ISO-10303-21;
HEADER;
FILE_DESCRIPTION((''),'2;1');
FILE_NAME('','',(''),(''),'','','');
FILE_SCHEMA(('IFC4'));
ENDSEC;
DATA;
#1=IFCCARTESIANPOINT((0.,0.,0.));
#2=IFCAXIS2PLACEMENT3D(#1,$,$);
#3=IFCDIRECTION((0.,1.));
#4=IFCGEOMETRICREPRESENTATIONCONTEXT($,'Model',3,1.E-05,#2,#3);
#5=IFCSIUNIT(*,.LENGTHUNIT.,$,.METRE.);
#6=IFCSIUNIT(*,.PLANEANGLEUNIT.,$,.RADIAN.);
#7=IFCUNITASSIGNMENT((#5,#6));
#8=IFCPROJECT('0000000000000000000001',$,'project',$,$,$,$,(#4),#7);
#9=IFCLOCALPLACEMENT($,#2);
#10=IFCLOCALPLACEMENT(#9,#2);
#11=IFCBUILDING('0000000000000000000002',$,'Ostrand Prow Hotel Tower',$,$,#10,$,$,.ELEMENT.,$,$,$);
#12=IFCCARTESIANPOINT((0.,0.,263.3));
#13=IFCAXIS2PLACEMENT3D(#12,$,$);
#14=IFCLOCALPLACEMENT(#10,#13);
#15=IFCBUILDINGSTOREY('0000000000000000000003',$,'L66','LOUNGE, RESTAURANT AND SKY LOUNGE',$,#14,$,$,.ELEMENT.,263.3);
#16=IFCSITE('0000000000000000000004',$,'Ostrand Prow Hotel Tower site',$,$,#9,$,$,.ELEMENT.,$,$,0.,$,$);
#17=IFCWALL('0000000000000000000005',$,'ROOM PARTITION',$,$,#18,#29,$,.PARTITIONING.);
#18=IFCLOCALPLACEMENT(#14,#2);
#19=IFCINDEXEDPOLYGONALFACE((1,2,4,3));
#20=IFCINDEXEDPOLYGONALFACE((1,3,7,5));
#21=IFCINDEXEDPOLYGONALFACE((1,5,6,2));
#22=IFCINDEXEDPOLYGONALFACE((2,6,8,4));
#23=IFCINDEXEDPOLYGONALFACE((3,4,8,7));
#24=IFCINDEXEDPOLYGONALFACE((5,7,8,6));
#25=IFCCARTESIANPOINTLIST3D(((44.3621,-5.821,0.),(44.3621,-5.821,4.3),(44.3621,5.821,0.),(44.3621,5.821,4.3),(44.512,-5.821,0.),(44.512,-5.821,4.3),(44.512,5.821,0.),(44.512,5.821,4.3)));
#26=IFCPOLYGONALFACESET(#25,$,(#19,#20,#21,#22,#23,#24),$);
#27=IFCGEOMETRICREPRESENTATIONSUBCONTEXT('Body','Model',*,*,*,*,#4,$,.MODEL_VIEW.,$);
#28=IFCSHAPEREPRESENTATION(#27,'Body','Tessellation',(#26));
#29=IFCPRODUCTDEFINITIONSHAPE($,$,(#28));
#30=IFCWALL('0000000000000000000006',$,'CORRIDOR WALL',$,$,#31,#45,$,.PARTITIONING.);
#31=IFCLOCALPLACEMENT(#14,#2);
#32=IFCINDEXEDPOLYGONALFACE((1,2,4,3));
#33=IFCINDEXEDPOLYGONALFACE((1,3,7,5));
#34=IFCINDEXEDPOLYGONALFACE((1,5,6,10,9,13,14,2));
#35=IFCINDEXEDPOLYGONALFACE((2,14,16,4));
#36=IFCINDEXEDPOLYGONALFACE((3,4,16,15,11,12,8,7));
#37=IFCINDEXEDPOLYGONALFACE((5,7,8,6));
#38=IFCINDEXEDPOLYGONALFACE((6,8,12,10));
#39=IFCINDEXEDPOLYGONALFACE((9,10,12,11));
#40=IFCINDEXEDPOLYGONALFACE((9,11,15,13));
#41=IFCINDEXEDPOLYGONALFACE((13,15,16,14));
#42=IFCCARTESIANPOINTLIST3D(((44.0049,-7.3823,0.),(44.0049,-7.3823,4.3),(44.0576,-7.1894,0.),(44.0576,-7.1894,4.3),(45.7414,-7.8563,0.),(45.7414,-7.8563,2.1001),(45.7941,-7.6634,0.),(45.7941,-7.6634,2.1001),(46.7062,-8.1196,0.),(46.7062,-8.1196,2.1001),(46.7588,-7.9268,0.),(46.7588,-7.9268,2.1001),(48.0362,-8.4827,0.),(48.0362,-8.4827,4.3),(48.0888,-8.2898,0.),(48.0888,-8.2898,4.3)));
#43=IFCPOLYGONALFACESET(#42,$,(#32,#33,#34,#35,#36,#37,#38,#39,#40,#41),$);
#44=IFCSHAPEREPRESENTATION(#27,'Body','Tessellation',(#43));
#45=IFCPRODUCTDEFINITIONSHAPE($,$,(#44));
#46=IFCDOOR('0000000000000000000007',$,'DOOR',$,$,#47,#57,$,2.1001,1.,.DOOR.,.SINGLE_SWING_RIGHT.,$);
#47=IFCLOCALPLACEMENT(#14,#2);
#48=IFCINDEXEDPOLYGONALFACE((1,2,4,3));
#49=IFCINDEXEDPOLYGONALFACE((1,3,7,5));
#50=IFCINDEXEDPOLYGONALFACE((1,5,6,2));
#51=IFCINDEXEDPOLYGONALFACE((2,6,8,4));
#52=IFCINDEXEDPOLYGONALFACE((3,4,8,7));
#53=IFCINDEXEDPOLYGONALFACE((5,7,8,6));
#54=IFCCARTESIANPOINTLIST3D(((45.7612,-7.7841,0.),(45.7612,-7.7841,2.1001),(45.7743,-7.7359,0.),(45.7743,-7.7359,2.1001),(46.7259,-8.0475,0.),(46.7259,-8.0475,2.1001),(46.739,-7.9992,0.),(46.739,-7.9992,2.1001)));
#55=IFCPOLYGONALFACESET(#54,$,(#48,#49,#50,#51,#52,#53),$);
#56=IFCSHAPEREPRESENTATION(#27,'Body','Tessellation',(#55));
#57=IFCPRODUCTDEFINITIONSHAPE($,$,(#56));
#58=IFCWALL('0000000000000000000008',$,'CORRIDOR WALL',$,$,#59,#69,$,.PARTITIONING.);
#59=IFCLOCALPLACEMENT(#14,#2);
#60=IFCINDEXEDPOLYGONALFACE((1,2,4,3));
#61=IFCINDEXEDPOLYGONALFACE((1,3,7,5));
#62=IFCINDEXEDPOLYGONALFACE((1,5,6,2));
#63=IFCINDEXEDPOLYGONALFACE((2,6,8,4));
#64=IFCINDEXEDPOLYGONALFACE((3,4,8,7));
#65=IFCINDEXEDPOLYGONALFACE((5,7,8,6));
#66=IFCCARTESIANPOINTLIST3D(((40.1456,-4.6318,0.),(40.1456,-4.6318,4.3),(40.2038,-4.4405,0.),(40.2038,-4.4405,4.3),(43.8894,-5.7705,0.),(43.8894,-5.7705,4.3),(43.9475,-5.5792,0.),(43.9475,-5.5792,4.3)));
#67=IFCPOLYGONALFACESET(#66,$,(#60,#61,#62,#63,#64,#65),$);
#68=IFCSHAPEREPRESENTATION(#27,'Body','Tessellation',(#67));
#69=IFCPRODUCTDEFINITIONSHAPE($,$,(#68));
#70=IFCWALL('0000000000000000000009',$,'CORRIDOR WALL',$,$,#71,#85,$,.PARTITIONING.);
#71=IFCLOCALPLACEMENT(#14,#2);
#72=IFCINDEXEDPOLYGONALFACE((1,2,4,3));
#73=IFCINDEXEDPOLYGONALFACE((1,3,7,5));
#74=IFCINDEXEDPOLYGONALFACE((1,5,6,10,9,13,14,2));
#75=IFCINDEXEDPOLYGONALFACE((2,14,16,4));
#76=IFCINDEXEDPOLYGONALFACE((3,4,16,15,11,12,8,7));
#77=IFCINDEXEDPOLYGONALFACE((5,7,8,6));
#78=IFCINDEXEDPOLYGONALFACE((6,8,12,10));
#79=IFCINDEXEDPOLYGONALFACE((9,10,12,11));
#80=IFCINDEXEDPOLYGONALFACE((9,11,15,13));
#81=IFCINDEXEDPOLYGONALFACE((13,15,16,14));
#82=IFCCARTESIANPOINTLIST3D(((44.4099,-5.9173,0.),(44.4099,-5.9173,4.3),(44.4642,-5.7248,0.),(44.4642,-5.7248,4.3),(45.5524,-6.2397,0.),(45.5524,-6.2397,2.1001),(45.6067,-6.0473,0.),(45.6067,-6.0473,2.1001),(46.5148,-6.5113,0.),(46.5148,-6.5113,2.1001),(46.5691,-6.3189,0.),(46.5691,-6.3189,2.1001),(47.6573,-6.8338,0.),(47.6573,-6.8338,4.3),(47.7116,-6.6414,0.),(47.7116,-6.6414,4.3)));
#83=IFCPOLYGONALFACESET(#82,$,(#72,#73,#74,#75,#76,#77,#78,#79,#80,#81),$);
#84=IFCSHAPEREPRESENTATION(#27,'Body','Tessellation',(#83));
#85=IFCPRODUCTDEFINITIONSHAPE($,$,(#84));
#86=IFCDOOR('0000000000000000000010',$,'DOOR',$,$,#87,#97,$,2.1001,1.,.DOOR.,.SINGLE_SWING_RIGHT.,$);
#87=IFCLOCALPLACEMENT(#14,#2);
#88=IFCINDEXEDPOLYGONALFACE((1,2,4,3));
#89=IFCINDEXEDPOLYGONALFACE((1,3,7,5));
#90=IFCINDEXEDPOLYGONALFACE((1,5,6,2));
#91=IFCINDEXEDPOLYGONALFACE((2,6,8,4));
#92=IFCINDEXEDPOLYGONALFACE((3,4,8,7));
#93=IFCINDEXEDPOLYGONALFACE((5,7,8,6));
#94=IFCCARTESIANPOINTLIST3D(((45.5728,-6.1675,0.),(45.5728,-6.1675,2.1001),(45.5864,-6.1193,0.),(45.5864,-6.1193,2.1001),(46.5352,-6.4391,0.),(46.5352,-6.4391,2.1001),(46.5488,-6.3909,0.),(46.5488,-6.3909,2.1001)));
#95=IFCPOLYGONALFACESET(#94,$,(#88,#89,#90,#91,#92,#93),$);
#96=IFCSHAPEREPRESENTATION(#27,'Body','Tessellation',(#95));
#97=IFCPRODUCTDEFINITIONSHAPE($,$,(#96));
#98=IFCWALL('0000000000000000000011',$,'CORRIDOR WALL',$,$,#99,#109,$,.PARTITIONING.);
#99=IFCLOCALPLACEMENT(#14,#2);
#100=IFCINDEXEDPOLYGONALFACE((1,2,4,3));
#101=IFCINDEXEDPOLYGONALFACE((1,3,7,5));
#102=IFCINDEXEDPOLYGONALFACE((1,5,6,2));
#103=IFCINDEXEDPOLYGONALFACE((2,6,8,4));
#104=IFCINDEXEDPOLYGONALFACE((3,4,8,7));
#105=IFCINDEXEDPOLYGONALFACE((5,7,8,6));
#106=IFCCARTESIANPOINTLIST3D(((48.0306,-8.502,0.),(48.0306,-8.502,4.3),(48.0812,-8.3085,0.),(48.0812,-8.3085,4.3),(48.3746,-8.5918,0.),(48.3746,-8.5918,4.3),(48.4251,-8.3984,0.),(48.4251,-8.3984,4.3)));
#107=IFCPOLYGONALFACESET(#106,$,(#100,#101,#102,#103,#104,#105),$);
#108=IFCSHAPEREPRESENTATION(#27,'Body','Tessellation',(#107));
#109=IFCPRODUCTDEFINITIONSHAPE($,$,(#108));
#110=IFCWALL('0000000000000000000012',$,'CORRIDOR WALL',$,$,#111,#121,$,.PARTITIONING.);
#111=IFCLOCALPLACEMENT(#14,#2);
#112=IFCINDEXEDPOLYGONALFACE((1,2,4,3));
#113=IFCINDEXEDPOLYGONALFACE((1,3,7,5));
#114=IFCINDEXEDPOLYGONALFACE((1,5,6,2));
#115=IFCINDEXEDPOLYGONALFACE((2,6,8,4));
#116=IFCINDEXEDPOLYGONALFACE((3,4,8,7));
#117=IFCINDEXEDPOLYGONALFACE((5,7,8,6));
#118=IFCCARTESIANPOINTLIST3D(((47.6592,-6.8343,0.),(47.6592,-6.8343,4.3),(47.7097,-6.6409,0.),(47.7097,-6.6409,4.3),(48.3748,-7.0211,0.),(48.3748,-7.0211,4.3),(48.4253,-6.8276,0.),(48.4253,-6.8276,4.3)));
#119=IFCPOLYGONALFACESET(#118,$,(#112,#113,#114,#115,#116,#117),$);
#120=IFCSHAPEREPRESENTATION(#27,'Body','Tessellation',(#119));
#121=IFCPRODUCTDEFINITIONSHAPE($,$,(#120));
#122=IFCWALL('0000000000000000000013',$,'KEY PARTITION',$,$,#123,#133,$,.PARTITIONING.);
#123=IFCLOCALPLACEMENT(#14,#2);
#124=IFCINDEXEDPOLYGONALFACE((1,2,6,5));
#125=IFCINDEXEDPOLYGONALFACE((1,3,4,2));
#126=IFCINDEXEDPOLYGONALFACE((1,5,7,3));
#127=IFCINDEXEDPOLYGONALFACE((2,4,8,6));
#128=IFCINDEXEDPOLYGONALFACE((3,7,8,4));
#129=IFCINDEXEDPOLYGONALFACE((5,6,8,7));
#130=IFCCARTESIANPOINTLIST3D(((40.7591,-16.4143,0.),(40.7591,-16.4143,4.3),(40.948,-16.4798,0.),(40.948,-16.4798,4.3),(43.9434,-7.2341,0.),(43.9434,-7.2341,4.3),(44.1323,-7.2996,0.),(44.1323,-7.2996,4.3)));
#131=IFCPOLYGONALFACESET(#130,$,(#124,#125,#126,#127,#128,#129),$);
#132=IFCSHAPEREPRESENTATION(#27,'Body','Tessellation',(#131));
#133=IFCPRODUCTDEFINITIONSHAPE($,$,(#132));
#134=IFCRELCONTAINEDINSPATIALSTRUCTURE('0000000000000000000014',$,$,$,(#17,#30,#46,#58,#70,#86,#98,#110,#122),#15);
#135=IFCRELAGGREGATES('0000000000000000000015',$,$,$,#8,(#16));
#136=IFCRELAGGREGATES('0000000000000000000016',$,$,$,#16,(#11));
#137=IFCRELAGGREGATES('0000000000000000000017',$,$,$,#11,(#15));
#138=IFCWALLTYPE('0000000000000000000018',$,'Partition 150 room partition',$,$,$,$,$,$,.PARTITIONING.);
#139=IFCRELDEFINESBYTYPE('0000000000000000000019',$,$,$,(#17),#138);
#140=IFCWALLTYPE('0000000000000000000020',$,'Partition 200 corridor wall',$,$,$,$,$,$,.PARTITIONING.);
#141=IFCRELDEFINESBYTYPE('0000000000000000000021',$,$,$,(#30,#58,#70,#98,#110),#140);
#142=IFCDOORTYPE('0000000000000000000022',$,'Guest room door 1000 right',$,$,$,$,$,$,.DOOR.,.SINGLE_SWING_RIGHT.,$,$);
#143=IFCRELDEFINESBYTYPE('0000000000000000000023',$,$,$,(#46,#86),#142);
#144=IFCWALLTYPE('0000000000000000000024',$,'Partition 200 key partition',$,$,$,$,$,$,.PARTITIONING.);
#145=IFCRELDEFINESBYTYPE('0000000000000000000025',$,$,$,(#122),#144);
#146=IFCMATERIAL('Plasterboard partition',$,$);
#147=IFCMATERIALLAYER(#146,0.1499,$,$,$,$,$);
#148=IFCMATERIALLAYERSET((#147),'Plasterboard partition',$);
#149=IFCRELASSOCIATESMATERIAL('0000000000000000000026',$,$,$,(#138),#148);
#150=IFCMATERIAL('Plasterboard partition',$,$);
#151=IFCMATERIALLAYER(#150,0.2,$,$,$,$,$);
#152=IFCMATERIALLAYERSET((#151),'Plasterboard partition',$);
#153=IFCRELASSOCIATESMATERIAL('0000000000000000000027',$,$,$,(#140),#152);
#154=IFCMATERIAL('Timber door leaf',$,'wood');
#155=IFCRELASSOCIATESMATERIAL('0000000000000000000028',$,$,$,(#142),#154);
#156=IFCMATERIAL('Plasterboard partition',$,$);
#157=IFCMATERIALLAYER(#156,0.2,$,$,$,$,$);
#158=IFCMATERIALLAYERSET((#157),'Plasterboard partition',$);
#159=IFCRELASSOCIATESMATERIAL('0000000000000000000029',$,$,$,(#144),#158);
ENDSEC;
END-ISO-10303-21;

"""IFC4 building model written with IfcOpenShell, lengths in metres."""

from ifc_helpers import new_model, si_unit, direction, frame, frame_2d, origin, place, context, subcontext, project, spatial, rectangle, extrude, material, layer, layer_set, type_object, element, fill, save


model = new_model("IFC4")

# Units and contexts
model_context = context("Model", 3, precision=1e-05, world=origin(), true_north=direction((0.0, 1.0)))
body_context = subcontext(model_context, "Body", "Model", "MODEL_VIEW")
ifc_project = project(units=[si_unit("LENGTHUNIT", "METRE"), si_unit("PLANEANGLEUNIT", "RADIAN")], contexts=[model_context])

# Site, building, storey
site_placement = place(None, origin())
site = spatial("IfcSite", under=ifc_project, at=site_placement, Name="Ostrand Prow Hotel Tower site", CompositionType="ELEMENT", RefElevation=0.0)
building_placement = place(site_placement, origin())
building = spatial("IfcBuilding", under=site, at=building_placement, Name="Ostrand Prow Hotel Tower", CompositionType="ELEMENT")
storey_placement = place(building_placement, frame((0.0, 0.0, 263.3)))
storey = spatial("IfcBuildingStorey", under=building, at=storey_placement, Name="L66", Description="LOUNGE, RESTAURANT AND SKY LOUNGE", CompositionType="ELEMENT", Elevation=263.3)

# Wall
ifc_material_1 = material(Name="Plasterboard partition")
ifc_layer_1 = layer(ifc_material_1, 0.1499)
ifc_layer_set_1 = layer_set([ifc_layer_1], Name="Plasterboard partition")
wall_type_1 = type_object("IfcWallType", Name="Partition 150 room partition", PredefinedType="PARTITIONING", material=ifc_layer_set_1)
wall_1_placement = place(storey_placement, frame((44.437, -5.821, 0.0), z_axis=(0.0, 0.0, 1.0), x_axis=(0.0, 1.0, 0.0)))
element("IfcWall", 1, at=wall_1_placement, inside=storey, type_object=wall_type_1, Name="ROOM PARTITION", PredefinedType="PARTITIONING", context=body_context, shape_type="SweptSolid", body=[
    extrude(rectangle(XDim=11.6421, YDim=0.1499, at=frame_2d((5.821, 0.0))), origin(), (0.0, 0.0, 1.0), 4.3),
])

# Wall, opening, door
ifc_material_2 = material(Name="Plasterboard partition")
ifc_layer_2 = layer(ifc_material_2, 0.2)
ifc_layer_set_2 = layer_set([ifc_layer_2], Name="Plasterboard partition")
wall_type_2 = type_object("IfcWallType", Name="Partition 200 corridor wall", PredefinedType="PARTITIONING", material=ifc_layer_set_2)
wall_2_placement = place(storey_placement, frame((44.0312, -7.2859, 0.0), z_axis=(0.0, 0.0, 1.0), x_axis=(0.964709, -0.26332, 0.0)))
wall_2 = element("IfcWall", 2, at=wall_2_placement, inside=storey, type_object=wall_type_2, Name="CORRIDOR WALL", PredefinedType="PARTITIONING", context=body_context, shape_type="SweptSolid", body=[
    extrude(rectangle(XDim=4.1787, YDim=0.2, at=frame_2d((2.0894, 0.0))), origin(), (0.0, 0.0, 1.0), 4.3),
])
opening_1_placement = place(wall_2_placement, frame((1.8, 0.0, 0.0)))
opening_1 = element("IfcOpeningElement", 3, at=opening_1_placement, cuts=wall_2, PredefinedType="OPENING", context=body_context, shape_type="SweptSolid", body=[
    extrude(rectangle(XDim=1.0, YDim=2.1001, at=frame_2d((0.5, 1.05))), frame((0.0, 0.1099, 0.0), z_axis=(0.0, -1.0, 0.0), x_axis=(1.0, 0.0, 0.0)), (0.0, 0.0, 1.0), 0.22),
])
ifc_material_3 = material(Name="Timber door leaf", Category="wood")
door_type_1 = type_object("IfcDoorType", Name="Guest room door 1000 right", OperationType="SINGLE_SWING_RIGHT", PredefinedType="DOOR", material=ifc_material_3)
door_1_placement = place(opening_1_placement, origin())
door_1 = element("IfcDoor", 4, at=door_1_placement, inside=storey, type_object=door_type_1, Name="DOOR", OperationType="SINGLE_SWING_RIGHT", OverallHeight=2.1001, OverallWidth=1.0, PredefinedType="DOOR", context=body_context, shape_type="SweptSolid", body=[
    extrude(rectangle(XDim=1.0, YDim=2.1001, at=frame_2d((0.5, 1.05))), frame((0.0, 0.0249, 0.0), z_axis=(0.0, -1.0, 0.0), x_axis=(1.0, 0.0, 0.0)), (0.0, 0.0, 1.0), 0.05),
])
fill(opening_1, door_1)

# Wall
wall_3_placement = place(storey_placement, frame((43.9185, -5.6748, 0.0), z_axis=(0.0, 0.0, 1.0), x_axis=(-0.956724, 0.290998, 0.0)))
element("IfcWall", 5, at=wall_3_placement, inside=storey, type_object=wall_type_2, Name="CORRIDOR WALL", PredefinedType="PARTITIONING", context=body_context, shape_type="SweptSolid", body=[
    extrude(rectangle(XDim=3.9131, YDim=0.2, at=frame_2d((1.9565, 0.0))), origin(), (0.0, 0.0, 1.0), 4.3),
])

# Wall, opening, door
wall_4_placement = place(storey_placement, frame((47.6843, -6.7375, 0.0), z_axis=(0.0, 0.0, 1.0), x_axis=(-0.962404, 0.271623, 0.0)))
wall_4 = element("IfcWall", 6, at=wall_4_placement, inside=storey, type_object=wall_type_2, Name="CORRIDOR WALL", PredefinedType="PARTITIONING", context=body_context, shape_type="SweptSolid", body=[
    extrude(rectangle(XDim=3.3743, YDim=0.2, at=frame_2d((1.687, 0.0))), origin(), (0.0, 0.0, 1.0), 4.3),
])
opening_2_placement = place(wall_4_placement, frame((1.187, 0.0, 0.0)))
opening_2 = element("IfcOpeningElement", 7, at=opening_2_placement, cuts=wall_4, PredefinedType="OPENING", context=body_context, shape_type="SweptSolid", body=[
    extrude(rectangle(XDim=1.0, YDim=2.1001, at=frame_2d((0.5, 1.05))), frame((0.0, 0.1099, 0.0), z_axis=(0.0, -1.0, 0.0), x_axis=(1.0, 0.0, 0.0)), (0.0, 0.0, 1.0), 0.22),
])
door_2_placement = place(opening_2_placement, origin())
door_2 = element("IfcDoor", 8, at=door_2_placement, inside=storey, type_object=door_type_1, Name="DOOR", OperationType="SINGLE_SWING_RIGHT", OverallHeight=2.1001, OverallWidth=1.0, PredefinedType="DOOR", context=body_context, shape_type="SweptSolid", body=[
    extrude(rectangle(XDim=1.0, YDim=2.1001, at=frame_2d((0.5, 1.05))), frame((0.0, 0.0249, 0.0), z_axis=(0.0, -1.0, 0.0), x_axis=(1.0, 0.0, 0.0)), (0.0, 0.0, 1.0), 0.05),
])
fill(opening_2, door_2)

# Walls
wall_5_placement = place(storey_placement, frame((48.0559, -8.4053, 0.0), z_axis=(0.0, 0.0, 1.0), x_axis=(0.967544, -0.252701, 0.0)))
element("IfcWall", 9, at=wall_5_placement, inside=storey, type_object=wall_type_2, Name="CORRIDOR WALL", PredefinedType="PARTITIONING", context=body_context, shape_type="SweptSolid", body=[
    extrude(rectangle(XDim=0.3555, YDim=0.2, at=frame_2d((0.1777, 0.0))), origin(), (0.0, 0.0, 1.0), 4.3),
])
wall_6_placement = place(storey_placement, frame((48.3999, -6.9243, 0.0), z_axis=(0.0, 0.0, 1.0), x_axis=(-0.967586, 0.252543, 0.0)))
element("IfcWall", 10, at=wall_6_placement, inside=storey, type_object=wall_type_2, Name="CORRIDOR WALL", PredefinedType="PARTITIONING", context=body_context, shape_type="SweptSolid", body=[
    extrude(rectangle(XDim=0.7395, YDim=0.2, at=frame_2d((0.3696, 0.0))), origin(), (0.0, 0.0, 1.0), 4.3),
])
ifc_material_4 = material(Name="Plasterboard partition")
ifc_layer_3 = layer(ifc_material_4, 0.2)
ifc_layer_set_3 = layer_set([ifc_layer_3], Name="Plasterboard partition")
wall_type_3 = type_object("IfcWallType", Name="Partition 200 key partition", PredefinedType="PARTITIONING", material=ifc_layer_set_3)
wall_7_placement = place(storey_placement, frame((40.8535, -16.447, 0.0), z_axis=(0.0, 0.0, 1.0), x_axis=(0.327715, 0.944777, 0.0)))
element("IfcWall", 11, at=wall_7_placement, inside=storey, type_object=wall_type_3, Name="KEY PARTITION", PredefinedType="PARTITIONING", context=body_context, shape_type="SweptSolid", body=[
    extrude(rectangle(XDim=9.7168, YDim=0.2, at=frame_2d((4.8584, 0.0))), origin(), (0.0, 0.0, 1.0), 4.3),
])

save(model, "model.ifc")
